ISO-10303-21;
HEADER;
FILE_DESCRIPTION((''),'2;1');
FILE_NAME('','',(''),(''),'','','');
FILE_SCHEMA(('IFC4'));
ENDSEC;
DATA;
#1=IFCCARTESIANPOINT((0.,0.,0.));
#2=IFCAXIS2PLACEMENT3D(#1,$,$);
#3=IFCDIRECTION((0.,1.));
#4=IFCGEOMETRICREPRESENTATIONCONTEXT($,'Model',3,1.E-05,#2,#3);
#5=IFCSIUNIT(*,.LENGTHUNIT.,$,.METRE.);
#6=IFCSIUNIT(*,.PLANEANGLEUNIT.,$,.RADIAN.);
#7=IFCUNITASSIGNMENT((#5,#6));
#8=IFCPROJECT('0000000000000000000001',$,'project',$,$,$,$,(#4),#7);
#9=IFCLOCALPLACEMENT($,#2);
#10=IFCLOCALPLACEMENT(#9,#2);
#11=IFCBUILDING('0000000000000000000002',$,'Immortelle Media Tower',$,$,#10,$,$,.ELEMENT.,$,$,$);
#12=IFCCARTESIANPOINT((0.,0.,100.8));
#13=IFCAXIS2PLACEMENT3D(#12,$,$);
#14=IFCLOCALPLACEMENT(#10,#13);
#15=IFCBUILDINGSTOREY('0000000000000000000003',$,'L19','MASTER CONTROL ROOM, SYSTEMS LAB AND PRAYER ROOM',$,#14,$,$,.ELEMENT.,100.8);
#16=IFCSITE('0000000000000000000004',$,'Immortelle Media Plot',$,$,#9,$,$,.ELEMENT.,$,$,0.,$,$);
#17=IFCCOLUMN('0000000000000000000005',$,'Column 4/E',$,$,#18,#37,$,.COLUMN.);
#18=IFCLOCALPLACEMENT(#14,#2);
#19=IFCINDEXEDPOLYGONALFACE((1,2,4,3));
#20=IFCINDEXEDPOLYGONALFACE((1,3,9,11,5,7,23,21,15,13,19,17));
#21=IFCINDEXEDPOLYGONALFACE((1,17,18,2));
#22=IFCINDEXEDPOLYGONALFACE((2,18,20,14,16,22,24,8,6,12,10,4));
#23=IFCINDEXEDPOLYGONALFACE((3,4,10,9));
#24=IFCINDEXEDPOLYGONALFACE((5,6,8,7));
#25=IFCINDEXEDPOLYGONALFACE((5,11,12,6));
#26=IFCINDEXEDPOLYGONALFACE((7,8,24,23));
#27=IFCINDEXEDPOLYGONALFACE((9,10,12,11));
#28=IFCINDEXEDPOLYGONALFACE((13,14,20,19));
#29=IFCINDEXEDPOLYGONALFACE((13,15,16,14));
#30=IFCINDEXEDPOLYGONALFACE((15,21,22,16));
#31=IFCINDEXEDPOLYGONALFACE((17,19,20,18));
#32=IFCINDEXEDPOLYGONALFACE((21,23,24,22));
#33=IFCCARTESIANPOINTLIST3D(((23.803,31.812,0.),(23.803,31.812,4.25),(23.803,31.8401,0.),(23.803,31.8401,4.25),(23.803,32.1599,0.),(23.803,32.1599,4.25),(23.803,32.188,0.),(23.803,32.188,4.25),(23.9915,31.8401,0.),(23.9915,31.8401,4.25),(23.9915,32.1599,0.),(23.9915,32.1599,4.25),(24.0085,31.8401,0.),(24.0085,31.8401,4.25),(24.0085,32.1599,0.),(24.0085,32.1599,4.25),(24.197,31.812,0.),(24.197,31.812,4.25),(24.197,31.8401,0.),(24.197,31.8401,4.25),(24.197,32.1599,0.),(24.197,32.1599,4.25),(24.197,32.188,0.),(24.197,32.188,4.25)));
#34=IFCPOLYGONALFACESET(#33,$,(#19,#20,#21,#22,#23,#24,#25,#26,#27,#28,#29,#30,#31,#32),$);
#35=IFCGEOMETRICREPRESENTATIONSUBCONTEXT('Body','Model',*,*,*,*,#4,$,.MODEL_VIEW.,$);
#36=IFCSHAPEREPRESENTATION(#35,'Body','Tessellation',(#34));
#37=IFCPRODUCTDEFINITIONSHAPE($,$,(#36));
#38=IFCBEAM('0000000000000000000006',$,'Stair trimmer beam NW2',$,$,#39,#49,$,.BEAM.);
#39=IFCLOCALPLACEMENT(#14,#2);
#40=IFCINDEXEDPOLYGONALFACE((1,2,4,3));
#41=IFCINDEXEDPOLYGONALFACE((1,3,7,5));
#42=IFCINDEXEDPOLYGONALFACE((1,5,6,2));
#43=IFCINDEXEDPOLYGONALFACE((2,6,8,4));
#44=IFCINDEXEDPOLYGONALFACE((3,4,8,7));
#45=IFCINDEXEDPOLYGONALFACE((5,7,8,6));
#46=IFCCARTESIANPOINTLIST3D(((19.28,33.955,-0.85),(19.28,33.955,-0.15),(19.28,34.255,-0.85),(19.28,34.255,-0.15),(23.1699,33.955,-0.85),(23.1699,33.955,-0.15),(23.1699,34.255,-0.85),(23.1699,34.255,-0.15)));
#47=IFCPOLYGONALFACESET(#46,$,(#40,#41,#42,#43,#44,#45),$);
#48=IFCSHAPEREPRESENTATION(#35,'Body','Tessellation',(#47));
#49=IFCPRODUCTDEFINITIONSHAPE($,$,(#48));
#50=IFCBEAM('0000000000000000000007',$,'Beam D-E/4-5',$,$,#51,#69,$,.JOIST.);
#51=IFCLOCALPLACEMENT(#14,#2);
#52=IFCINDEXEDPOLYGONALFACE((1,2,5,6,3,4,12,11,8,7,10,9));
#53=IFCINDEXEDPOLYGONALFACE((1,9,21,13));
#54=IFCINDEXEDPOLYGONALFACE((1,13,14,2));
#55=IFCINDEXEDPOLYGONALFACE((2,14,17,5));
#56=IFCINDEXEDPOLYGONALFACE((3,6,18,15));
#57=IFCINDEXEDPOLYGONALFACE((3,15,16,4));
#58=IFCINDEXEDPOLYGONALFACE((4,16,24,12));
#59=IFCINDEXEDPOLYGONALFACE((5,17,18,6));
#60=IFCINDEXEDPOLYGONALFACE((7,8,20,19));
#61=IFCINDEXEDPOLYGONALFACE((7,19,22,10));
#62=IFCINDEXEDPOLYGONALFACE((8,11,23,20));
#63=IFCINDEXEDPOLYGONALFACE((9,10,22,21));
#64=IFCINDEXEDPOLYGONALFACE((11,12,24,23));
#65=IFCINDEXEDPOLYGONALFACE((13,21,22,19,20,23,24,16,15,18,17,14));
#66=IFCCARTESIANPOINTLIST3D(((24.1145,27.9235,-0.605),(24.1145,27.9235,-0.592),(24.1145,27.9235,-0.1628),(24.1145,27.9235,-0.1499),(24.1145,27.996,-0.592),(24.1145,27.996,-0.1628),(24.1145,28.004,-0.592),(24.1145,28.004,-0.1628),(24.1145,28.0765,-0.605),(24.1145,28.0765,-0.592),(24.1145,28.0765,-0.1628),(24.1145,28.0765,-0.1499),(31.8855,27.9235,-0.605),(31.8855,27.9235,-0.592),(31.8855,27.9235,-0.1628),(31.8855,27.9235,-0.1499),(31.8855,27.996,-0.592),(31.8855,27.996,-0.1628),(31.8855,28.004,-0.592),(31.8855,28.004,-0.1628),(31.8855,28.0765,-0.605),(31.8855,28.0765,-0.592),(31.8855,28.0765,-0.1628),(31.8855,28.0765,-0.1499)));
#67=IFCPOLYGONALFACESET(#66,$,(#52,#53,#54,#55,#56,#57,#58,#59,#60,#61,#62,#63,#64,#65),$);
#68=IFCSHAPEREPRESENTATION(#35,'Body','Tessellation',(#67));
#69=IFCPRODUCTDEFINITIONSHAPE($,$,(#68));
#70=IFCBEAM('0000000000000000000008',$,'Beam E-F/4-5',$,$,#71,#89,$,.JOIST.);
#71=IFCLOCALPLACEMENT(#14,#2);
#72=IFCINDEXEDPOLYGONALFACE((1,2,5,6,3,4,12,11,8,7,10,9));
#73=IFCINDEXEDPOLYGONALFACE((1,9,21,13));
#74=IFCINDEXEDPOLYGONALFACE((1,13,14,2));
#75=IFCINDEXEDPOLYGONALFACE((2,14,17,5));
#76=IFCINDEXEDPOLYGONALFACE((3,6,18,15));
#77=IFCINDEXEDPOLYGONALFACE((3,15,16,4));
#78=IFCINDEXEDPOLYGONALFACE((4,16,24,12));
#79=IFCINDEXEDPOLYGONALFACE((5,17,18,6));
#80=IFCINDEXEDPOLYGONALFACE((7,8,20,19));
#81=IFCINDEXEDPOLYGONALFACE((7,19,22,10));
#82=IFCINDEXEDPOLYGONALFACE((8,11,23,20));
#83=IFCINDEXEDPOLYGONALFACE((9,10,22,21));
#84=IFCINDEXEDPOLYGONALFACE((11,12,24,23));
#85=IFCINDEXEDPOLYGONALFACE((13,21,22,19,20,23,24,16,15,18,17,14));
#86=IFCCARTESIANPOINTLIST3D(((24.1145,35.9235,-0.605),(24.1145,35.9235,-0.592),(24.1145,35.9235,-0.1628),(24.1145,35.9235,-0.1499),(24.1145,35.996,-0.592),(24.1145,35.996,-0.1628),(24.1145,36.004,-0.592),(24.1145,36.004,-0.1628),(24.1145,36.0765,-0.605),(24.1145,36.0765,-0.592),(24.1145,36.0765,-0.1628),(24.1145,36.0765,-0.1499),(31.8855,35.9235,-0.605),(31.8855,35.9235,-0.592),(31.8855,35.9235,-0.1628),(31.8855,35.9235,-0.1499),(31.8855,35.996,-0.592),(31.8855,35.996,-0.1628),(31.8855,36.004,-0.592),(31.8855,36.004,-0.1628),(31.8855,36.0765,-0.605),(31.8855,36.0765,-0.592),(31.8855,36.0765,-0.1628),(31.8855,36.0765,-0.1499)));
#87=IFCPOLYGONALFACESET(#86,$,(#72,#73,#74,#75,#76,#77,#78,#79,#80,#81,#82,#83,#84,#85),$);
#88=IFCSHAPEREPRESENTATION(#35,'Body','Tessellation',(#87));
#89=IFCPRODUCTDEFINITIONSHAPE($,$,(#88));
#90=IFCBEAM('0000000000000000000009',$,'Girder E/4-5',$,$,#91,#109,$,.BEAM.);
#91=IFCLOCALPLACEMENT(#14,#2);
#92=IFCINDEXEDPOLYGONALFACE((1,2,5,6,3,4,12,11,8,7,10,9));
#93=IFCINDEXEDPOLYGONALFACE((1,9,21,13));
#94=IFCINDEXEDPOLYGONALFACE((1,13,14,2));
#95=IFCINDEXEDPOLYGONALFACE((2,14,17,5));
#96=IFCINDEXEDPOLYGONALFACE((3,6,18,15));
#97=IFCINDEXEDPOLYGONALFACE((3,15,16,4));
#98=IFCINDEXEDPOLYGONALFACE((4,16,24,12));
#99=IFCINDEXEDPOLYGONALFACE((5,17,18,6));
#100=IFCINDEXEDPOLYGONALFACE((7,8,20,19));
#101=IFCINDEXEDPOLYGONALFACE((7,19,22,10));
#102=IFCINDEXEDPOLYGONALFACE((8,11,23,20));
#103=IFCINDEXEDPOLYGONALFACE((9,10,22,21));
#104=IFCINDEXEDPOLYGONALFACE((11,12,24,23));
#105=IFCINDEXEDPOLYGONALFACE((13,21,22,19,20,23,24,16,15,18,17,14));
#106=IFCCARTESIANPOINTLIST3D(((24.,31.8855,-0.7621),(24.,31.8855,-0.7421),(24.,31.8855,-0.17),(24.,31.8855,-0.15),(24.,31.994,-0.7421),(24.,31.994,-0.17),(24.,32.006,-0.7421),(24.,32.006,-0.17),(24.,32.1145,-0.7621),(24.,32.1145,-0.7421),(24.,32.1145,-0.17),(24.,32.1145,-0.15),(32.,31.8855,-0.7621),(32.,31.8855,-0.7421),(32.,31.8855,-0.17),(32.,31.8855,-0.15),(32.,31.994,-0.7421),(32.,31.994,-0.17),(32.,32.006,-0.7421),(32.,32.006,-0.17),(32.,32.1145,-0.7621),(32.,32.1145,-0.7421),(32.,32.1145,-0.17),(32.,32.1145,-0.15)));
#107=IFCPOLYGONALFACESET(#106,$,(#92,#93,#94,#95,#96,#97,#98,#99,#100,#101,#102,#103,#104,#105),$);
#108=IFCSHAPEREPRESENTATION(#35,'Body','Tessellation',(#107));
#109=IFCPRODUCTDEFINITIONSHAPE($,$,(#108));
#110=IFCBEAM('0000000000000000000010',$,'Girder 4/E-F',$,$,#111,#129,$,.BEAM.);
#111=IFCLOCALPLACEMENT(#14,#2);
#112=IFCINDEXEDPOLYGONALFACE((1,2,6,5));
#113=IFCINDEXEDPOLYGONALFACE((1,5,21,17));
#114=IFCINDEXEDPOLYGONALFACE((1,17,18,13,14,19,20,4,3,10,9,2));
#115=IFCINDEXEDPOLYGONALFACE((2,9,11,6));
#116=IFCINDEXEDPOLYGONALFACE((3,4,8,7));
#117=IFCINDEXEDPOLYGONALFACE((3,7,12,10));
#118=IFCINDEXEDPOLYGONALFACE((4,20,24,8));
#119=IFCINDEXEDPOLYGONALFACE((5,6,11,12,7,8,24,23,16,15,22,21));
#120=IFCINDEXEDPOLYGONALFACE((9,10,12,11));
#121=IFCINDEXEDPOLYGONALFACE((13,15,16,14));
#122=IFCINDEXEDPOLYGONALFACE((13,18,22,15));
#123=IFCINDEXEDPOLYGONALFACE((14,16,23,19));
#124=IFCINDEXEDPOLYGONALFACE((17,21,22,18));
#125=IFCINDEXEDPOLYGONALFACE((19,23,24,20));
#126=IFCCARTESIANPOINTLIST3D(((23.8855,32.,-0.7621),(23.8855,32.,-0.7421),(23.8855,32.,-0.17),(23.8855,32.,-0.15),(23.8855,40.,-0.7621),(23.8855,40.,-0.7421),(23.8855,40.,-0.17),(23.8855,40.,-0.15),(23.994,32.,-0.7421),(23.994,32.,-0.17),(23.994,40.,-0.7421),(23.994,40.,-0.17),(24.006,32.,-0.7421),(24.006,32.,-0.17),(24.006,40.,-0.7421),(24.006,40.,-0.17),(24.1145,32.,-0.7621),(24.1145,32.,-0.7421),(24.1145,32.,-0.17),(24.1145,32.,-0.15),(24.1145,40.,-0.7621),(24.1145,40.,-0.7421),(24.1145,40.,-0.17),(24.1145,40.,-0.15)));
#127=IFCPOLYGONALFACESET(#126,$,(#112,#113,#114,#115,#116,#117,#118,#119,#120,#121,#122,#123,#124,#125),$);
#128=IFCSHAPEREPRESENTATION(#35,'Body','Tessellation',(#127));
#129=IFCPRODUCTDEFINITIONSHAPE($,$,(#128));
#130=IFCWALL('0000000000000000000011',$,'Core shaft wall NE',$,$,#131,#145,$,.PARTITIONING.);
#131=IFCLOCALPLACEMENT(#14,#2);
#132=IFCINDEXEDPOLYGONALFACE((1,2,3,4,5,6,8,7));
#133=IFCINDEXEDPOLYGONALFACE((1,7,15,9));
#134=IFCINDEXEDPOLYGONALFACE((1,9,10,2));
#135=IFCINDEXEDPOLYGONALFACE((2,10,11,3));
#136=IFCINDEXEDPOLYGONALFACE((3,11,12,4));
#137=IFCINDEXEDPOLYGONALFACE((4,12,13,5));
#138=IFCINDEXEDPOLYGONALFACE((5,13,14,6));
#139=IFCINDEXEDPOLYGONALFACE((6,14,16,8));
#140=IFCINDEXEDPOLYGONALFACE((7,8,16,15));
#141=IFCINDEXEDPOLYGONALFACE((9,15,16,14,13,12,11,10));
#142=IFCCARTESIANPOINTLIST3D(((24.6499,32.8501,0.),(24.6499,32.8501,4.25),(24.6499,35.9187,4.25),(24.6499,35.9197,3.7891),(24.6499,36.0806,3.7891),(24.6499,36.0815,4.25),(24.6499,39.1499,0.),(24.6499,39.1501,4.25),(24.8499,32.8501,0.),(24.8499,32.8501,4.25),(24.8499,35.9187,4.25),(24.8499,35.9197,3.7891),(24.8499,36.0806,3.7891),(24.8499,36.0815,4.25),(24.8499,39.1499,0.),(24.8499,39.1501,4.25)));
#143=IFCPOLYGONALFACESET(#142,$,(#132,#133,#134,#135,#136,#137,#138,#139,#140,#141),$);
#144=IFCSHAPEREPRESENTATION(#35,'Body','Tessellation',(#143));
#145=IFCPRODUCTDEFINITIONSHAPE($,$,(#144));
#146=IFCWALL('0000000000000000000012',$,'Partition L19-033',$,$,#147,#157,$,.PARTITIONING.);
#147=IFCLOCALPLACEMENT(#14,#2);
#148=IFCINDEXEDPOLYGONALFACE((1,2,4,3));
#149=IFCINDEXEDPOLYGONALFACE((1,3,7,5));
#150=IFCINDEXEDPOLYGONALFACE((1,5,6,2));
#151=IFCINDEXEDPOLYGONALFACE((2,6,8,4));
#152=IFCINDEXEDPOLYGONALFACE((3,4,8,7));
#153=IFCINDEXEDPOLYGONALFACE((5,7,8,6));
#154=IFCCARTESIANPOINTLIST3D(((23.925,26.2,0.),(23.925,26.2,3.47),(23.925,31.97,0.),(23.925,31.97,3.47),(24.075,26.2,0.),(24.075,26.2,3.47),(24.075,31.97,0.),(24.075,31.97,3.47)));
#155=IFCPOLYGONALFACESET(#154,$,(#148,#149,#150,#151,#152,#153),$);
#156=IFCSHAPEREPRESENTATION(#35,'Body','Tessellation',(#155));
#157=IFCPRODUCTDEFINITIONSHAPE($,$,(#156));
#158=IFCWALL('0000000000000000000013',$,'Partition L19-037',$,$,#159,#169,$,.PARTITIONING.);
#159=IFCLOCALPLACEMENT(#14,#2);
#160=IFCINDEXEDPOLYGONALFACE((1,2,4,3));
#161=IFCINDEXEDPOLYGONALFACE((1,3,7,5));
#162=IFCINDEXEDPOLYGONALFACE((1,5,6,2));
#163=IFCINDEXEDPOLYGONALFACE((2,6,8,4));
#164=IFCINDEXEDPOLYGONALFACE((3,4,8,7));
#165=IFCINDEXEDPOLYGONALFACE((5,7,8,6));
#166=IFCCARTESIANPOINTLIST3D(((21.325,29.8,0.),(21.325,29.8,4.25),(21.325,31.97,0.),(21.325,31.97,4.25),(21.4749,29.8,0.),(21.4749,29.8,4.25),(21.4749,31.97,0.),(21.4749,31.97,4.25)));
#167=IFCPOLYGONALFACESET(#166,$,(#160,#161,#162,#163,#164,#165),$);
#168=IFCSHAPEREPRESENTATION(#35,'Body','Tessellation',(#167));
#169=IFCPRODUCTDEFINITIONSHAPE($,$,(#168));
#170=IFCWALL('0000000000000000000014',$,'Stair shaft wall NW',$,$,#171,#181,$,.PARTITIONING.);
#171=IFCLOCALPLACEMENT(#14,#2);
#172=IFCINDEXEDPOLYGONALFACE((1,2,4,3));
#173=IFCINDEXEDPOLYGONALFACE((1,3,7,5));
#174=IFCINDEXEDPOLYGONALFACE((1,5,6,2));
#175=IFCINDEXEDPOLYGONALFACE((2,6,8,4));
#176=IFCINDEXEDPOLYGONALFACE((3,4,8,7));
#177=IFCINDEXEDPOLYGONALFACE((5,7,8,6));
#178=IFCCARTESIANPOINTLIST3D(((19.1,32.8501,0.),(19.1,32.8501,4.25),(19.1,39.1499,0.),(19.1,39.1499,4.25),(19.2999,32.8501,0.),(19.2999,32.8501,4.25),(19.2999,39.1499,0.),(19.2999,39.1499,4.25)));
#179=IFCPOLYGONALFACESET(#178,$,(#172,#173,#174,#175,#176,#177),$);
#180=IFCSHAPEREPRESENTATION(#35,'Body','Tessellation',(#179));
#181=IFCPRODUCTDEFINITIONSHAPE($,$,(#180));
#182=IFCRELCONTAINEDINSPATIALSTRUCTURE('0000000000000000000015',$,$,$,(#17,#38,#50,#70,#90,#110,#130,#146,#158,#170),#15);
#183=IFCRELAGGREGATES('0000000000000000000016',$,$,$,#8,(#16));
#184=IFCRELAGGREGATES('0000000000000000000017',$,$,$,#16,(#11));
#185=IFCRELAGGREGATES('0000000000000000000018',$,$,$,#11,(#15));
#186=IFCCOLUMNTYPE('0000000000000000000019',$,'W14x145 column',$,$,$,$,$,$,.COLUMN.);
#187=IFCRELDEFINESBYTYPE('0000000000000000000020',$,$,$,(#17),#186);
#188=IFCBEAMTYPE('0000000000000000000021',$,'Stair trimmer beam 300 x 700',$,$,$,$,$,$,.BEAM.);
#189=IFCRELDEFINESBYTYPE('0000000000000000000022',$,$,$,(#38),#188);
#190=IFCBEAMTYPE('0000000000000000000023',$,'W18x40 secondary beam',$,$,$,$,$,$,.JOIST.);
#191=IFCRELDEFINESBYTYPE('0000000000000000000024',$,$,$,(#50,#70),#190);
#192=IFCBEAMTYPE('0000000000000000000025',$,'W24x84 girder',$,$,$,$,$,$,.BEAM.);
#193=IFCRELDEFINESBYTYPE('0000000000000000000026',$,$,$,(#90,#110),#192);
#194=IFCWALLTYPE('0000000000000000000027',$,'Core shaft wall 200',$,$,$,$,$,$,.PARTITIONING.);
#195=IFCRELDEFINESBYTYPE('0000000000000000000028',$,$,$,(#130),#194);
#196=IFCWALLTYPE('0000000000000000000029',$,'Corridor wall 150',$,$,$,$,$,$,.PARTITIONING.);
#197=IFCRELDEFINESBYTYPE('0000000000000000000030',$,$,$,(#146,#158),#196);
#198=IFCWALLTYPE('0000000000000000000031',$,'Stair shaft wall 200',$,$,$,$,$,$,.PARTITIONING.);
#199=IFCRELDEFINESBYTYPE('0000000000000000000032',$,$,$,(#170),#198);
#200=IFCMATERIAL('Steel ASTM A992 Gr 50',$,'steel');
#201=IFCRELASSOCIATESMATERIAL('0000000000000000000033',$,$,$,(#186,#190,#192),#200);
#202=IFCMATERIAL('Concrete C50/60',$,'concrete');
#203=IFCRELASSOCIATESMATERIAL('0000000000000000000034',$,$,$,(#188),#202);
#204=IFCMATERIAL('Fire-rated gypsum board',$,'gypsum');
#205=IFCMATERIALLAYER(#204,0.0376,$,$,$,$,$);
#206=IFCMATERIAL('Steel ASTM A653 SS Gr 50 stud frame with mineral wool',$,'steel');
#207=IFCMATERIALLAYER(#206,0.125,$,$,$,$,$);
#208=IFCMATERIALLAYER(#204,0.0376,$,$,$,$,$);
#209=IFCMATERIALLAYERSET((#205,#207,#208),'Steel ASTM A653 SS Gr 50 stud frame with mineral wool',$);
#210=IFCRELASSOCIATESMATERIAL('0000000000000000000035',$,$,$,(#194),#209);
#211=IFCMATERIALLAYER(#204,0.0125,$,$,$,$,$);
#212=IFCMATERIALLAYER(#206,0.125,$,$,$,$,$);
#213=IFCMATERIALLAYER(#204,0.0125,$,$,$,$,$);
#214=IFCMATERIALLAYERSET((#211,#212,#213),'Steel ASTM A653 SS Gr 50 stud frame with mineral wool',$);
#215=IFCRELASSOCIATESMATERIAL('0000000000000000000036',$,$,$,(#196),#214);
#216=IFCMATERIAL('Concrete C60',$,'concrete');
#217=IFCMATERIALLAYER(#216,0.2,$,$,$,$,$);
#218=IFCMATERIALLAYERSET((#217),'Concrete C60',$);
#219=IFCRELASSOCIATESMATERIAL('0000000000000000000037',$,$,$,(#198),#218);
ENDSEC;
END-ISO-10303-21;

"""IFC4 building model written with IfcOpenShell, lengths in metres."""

from ifc_helpers import new_model, si_unit, direction, frame, frame_2d, origin, origin_2d, place, context, subcontext, project, spatial, polyline, rectangle, i_section, outline, extrude, material, layer, layer_set, material_profile, profile_set, type_object, element, save


model = new_model("IFC4")

# Units and contexts
model_context = context("Model", 3, precision=1e-05, world=origin(), true_north=direction((0.0, 1.0)))
body_context = subcontext(model_context, "Body", "Model", "MODEL_VIEW")
ifc_project = project(units=[si_unit("LENGTHUNIT", "METRE"), si_unit("PLANEANGLEUNIT", "RADIAN")], contexts=[model_context])

# Site, building, storey
site_placement = place(None, origin())
site = spatial("IfcSite", under=ifc_project, at=site_placement, Name="Immortelle Media Plot", CompositionType="ELEMENT", RefElevation=0.0)
building_placement = place(site_placement, origin())
building = spatial("IfcBuilding", under=site, at=building_placement, Name="Immortelle Media Tower", CompositionType="ELEMENT")
storey_placement = place(building_placement, frame((0.0, 0.0, 100.8)))
storey = spatial("IfcBuildingStorey", under=building, at=storey_placement, Name="L19", Description="MASTER CONTROL ROOM, SYSTEMS LAB AND PRAYER ROOM", CompositionType="ELEMENT", Elevation=100.8)

# Column
ifc_material_1 = material(Name="Steel ASTM A992 Gr 50", Category="steel")
ifc_material_profile_1 = material_profile(ifc_material_1, i_section(OverallWidth=0.394, OverallDepth=0.376, WebThickness=0.0171, FlangeThickness=0.0281, at=origin_2d()), Name="W14x145")
ifc_profile_set_1 = profile_set([ifc_material_profile_1], Name="Steel ASTM A992 Gr 50")
column_type = type_object("IfcColumnType", Name="W14x145 column", PredefinedType="COLUMN", material=ifc_profile_set_1)
column_placement = place(storey_placement, frame((24.0, 32.0, 0.0), z_axis=(0.0, 0.0, 1.0), x_axis=(1.0, 0.0, 0.0)))
element("IfcColumn", 1, at=column_placement, inside=storey, type_object=column_type, Name="Column 4/E", PredefinedType="COLUMN", context=body_context, shape_type="SweptSolid", body=[
    extrude(i_section(OverallWidth=0.394, OverallDepth=0.376, WebThickness=0.0171, FlangeThickness=0.0281, at=origin_2d()), origin(), (0.0, 0.0, 1.0), 4.25),
])

# Beams
ifc_material_2 = material(Name="Concrete C50/60", Category="concrete")
ifc_material_profile_2 = material_profile(ifc_material_2, rectangle(XDim=0.3, YDim=0.7, at=origin_2d()), Name="RC 300x700")
ifc_profile_set_2 = profile_set([ifc_material_profile_2], Name="Concrete C50/60")
beam_type_1 = type_object("IfcBeamType", Name="Stair trimmer beam 300 x 700", PredefinedType="BEAM", material=ifc_profile_set_2)
beam_placement = place(storey_placement, frame((19.28, 34.105, -0.5), z_axis=(1.0, 0.0, 0.0), x_axis=(0.0, 1.0, 0.0)))
element("IfcBeam", 2, at=beam_placement, inside=storey, type_object=beam_type_1, Name="Stair trimmer beam NW2", PredefinedType="BEAM", context=body_context, shape_type="SweptSolid", body=[
    extrude(rectangle(XDim=0.3, YDim=0.7, at=origin_2d()), origin(), (0.0, 0.0, 1.0), 3.8899),
])
ifc_material_profile_3 = material_profile(ifc_material_1, i_section(OverallWidth=0.1531, OverallDepth=0.4551, WebThickness=0.0081, FlangeThickness=0.0129, at=origin_2d()), Name="W18x40")
ifc_profile_set_3 = profile_set([ifc_material_profile_3], Name="Steel ASTM A992 Gr 50")
beam_type_2 = type_object("IfcBeamType", Name="W18x40 secondary beam", PredefinedType="JOIST", material=ifc_profile_set_3)
for number, where, z_axis, x_axis, name in (
    (3, (24.1145, 28.0, -0.3774), (1.0, 0.0, 0.0), (0.0, 1.0, 0.0), "Beam D-E/4-5"),
    (4, (24.1145, 36.0, -0.3774), (1.0, 0.0, 0.0), (0.0, 1.0, 0.0), "Beam E-F/4-5"),
):
    element("IfcBeam", number, at=place(storey_placement, frame(where, z_axis=z_axis, x_axis=x_axis)), inside=storey, type_object=beam_type_2, Name=name, PredefinedType="JOIST", context=body_context, shape_type="SweptSolid", body=[
        extrude(i_section(OverallWidth=0.1531, OverallDepth=0.4551, WebThickness=0.0081, FlangeThickness=0.0129, at=origin_2d()), origin(), (0.0, 0.0, 1.0), 7.771),
    ])
ifc_material_profile_4 = material_profile(ifc_material_1, i_section(OverallWidth=0.229, OverallDepth=0.6121, WebThickness=0.012, FlangeThickness=0.02, at=origin_2d()), Name="W24x84")
ifc_profile_set_4 = profile_set([ifc_material_profile_4], Name="Steel ASTM A992 Gr 50")
beam_type_3 = type_object("IfcBeamType", Name="W24x84 girder", PredefinedType="BEAM", material=ifc_profile_set_4)
for number, where, z_axis, x_axis, name in (
    (5, (24.0, 32.0, -0.4561), (1.0, 0.0, 0.0), (0.0, 1.0, 0.0), "Girder E/4-5"),
    (6, (24.0, 32.0, -0.4561), (0.0, 1.0, 0.0), (-1.0, 0.0, 0.0), "Girder 4/E-F"),
):
    element("IfcBeam", number, at=place(storey_placement, frame(where, z_axis=z_axis, x_axis=x_axis)), inside=storey, type_object=beam_type_3, Name=name, PredefinedType="BEAM", context=body_context, shape_type="SweptSolid", body=[
        extrude(i_section(OverallWidth=0.229, OverallDepth=0.6121, WebThickness=0.012, FlangeThickness=0.02, at=origin_2d()), origin(), (0.0, 0.0, 1.0), 8.0),
    ])

# Walls
ifc_material_3 = material(Name="Fire-rated gypsum board", Category="gypsum")
ifc_layer_1 = layer(ifc_material_3, 0.0376)
ifc_material_4 = material(Name="Steel ASTM A653 SS Gr 50 stud frame with mineral wool", Category="steel")
ifc_layer_2 = layer(ifc_material_4, 0.125)
ifc_layer_3 = layer(ifc_material_3, 0.0376)
ifc_layer_set_1 = layer_set([ifc_layer_1, ifc_layer_2, ifc_layer_3], Name="Steel ASTM A653 SS Gr 50 stud frame with mineral wool")
wall_type_1 = type_object("IfcWallType", Name="Core shaft wall 200", PredefinedType="PARTITIONING", material=ifc_layer_set_1)
wall_1_placement = place(storey_placement, frame((24.75, 32.8501, 0.0), z_axis=(0.0, 0.0, 1.0), x_axis=(0.0, 1.0, 0.0)))
element("IfcWall", 7, at=wall_1_placement, inside=storey, type_object=wall_type_1, Name="Core shaft wall NE", PredefinedType="PARTITIONING", context=body_context, shape_type="SweptSolid", body=[
    extrude(outline(polyline([(0.0, 0.0), (6.2998, 0.0), (6.3, 4.25), (3.2314, 4.25), (3.2305, 3.7891), (3.0696, 3.7891), (3.0686, 4.25), (0.0, 4.25), (0.0, 0.0)])), frame((0.0, 0.1001, 0.0), z_axis=(0.0, -1.0, 0.0), x_axis=(1.0, 0.0, 0.0)), (0.0, 0.0, 1.0), 0.2),
])
ifc_layer_4 = layer(ifc_material_3, 0.0125)
ifc_layer_5 = layer(ifc_material_4, 0.125)
ifc_layer_6 = layer(ifc_material_3, 0.0125)
ifc_layer_set_2 = layer_set([ifc_layer_4, ifc_layer_5, ifc_layer_6], Name="Steel ASTM A653 SS Gr 50 stud frame with mineral wool")
wall_type_2 = type_object("IfcWallType", Name="Corridor wall 150", PredefinedType="PARTITIONING", material=ifc_layer_set_2)
wall_2_placement = place(storey_placement, frame((24.0, 26.2, 0.0), z_axis=(0.0, 0.0, 1.0), x_axis=(0.0, 1.0, 0.0)))
element("IfcWall", 8, at=wall_2_placement, inside=storey, type_object=wall_type_2, Name="Partition L19-033", PredefinedType="PARTITIONING", context=body_context, shape_type="SweptSolid", body=[
    extrude(rectangle(XDim=5.77, YDim=0.1499, at=frame_2d((2.885, 0.0))), origin(), (0.0, 0.0, 1.0), 3.47),
])
wall_3_placement = place(storey_placement, frame((21.3999, 29.8, 0.0), z_axis=(0.0, 0.0, 1.0), x_axis=(0.0, 1.0, 0.0)))
element("IfcWall", 9, at=wall_3_placement, inside=storey, type_object=wall_type_2, Name="Partition L19-037", PredefinedType="PARTITIONING", context=body_context, shape_type="SweptSolid", body=[
    extrude(rectangle(XDim=2.1699, YDim=0.1499, at=frame_2d((1.085, 0.0))), origin(), (0.0, 0.0, 1.0), 4.25),
])
ifc_material_5 = material(Name="Concrete C60", Category="concrete")
ifc_layer_7 = layer(ifc_material_5, 0.2)
ifc_layer_set_3 = layer_set([ifc_layer_7], Name="Concrete C60")
wall_type_3 = type_object("IfcWallType", Name="Stair shaft wall 200", PredefinedType="PARTITIONING", material=ifc_layer_set_3)
for number, where, z_axis, x_axis, name in (
    (10, (19.2, 32.8501, 0.0), (0.0, 0.0, 1.0), (0.0, 1.0, 0.0), "Stair shaft wall NW"),
):
    element("IfcWall", number, at=place(storey_placement, frame(where, z_axis=z_axis, x_axis=x_axis)), inside=storey, type_object=wall_type_3, Name=name, PredefinedType="PARTITIONING", context=body_context, shape_type="SweptSolid", body=[
        extrude(rectangle(XDim=6.2998, YDim=0.2, at=frame_2d((3.1499, 0.0))), origin(), (0.0, 0.0, 1.0), 4.25),
    ])

save(model, "model.ifc")
